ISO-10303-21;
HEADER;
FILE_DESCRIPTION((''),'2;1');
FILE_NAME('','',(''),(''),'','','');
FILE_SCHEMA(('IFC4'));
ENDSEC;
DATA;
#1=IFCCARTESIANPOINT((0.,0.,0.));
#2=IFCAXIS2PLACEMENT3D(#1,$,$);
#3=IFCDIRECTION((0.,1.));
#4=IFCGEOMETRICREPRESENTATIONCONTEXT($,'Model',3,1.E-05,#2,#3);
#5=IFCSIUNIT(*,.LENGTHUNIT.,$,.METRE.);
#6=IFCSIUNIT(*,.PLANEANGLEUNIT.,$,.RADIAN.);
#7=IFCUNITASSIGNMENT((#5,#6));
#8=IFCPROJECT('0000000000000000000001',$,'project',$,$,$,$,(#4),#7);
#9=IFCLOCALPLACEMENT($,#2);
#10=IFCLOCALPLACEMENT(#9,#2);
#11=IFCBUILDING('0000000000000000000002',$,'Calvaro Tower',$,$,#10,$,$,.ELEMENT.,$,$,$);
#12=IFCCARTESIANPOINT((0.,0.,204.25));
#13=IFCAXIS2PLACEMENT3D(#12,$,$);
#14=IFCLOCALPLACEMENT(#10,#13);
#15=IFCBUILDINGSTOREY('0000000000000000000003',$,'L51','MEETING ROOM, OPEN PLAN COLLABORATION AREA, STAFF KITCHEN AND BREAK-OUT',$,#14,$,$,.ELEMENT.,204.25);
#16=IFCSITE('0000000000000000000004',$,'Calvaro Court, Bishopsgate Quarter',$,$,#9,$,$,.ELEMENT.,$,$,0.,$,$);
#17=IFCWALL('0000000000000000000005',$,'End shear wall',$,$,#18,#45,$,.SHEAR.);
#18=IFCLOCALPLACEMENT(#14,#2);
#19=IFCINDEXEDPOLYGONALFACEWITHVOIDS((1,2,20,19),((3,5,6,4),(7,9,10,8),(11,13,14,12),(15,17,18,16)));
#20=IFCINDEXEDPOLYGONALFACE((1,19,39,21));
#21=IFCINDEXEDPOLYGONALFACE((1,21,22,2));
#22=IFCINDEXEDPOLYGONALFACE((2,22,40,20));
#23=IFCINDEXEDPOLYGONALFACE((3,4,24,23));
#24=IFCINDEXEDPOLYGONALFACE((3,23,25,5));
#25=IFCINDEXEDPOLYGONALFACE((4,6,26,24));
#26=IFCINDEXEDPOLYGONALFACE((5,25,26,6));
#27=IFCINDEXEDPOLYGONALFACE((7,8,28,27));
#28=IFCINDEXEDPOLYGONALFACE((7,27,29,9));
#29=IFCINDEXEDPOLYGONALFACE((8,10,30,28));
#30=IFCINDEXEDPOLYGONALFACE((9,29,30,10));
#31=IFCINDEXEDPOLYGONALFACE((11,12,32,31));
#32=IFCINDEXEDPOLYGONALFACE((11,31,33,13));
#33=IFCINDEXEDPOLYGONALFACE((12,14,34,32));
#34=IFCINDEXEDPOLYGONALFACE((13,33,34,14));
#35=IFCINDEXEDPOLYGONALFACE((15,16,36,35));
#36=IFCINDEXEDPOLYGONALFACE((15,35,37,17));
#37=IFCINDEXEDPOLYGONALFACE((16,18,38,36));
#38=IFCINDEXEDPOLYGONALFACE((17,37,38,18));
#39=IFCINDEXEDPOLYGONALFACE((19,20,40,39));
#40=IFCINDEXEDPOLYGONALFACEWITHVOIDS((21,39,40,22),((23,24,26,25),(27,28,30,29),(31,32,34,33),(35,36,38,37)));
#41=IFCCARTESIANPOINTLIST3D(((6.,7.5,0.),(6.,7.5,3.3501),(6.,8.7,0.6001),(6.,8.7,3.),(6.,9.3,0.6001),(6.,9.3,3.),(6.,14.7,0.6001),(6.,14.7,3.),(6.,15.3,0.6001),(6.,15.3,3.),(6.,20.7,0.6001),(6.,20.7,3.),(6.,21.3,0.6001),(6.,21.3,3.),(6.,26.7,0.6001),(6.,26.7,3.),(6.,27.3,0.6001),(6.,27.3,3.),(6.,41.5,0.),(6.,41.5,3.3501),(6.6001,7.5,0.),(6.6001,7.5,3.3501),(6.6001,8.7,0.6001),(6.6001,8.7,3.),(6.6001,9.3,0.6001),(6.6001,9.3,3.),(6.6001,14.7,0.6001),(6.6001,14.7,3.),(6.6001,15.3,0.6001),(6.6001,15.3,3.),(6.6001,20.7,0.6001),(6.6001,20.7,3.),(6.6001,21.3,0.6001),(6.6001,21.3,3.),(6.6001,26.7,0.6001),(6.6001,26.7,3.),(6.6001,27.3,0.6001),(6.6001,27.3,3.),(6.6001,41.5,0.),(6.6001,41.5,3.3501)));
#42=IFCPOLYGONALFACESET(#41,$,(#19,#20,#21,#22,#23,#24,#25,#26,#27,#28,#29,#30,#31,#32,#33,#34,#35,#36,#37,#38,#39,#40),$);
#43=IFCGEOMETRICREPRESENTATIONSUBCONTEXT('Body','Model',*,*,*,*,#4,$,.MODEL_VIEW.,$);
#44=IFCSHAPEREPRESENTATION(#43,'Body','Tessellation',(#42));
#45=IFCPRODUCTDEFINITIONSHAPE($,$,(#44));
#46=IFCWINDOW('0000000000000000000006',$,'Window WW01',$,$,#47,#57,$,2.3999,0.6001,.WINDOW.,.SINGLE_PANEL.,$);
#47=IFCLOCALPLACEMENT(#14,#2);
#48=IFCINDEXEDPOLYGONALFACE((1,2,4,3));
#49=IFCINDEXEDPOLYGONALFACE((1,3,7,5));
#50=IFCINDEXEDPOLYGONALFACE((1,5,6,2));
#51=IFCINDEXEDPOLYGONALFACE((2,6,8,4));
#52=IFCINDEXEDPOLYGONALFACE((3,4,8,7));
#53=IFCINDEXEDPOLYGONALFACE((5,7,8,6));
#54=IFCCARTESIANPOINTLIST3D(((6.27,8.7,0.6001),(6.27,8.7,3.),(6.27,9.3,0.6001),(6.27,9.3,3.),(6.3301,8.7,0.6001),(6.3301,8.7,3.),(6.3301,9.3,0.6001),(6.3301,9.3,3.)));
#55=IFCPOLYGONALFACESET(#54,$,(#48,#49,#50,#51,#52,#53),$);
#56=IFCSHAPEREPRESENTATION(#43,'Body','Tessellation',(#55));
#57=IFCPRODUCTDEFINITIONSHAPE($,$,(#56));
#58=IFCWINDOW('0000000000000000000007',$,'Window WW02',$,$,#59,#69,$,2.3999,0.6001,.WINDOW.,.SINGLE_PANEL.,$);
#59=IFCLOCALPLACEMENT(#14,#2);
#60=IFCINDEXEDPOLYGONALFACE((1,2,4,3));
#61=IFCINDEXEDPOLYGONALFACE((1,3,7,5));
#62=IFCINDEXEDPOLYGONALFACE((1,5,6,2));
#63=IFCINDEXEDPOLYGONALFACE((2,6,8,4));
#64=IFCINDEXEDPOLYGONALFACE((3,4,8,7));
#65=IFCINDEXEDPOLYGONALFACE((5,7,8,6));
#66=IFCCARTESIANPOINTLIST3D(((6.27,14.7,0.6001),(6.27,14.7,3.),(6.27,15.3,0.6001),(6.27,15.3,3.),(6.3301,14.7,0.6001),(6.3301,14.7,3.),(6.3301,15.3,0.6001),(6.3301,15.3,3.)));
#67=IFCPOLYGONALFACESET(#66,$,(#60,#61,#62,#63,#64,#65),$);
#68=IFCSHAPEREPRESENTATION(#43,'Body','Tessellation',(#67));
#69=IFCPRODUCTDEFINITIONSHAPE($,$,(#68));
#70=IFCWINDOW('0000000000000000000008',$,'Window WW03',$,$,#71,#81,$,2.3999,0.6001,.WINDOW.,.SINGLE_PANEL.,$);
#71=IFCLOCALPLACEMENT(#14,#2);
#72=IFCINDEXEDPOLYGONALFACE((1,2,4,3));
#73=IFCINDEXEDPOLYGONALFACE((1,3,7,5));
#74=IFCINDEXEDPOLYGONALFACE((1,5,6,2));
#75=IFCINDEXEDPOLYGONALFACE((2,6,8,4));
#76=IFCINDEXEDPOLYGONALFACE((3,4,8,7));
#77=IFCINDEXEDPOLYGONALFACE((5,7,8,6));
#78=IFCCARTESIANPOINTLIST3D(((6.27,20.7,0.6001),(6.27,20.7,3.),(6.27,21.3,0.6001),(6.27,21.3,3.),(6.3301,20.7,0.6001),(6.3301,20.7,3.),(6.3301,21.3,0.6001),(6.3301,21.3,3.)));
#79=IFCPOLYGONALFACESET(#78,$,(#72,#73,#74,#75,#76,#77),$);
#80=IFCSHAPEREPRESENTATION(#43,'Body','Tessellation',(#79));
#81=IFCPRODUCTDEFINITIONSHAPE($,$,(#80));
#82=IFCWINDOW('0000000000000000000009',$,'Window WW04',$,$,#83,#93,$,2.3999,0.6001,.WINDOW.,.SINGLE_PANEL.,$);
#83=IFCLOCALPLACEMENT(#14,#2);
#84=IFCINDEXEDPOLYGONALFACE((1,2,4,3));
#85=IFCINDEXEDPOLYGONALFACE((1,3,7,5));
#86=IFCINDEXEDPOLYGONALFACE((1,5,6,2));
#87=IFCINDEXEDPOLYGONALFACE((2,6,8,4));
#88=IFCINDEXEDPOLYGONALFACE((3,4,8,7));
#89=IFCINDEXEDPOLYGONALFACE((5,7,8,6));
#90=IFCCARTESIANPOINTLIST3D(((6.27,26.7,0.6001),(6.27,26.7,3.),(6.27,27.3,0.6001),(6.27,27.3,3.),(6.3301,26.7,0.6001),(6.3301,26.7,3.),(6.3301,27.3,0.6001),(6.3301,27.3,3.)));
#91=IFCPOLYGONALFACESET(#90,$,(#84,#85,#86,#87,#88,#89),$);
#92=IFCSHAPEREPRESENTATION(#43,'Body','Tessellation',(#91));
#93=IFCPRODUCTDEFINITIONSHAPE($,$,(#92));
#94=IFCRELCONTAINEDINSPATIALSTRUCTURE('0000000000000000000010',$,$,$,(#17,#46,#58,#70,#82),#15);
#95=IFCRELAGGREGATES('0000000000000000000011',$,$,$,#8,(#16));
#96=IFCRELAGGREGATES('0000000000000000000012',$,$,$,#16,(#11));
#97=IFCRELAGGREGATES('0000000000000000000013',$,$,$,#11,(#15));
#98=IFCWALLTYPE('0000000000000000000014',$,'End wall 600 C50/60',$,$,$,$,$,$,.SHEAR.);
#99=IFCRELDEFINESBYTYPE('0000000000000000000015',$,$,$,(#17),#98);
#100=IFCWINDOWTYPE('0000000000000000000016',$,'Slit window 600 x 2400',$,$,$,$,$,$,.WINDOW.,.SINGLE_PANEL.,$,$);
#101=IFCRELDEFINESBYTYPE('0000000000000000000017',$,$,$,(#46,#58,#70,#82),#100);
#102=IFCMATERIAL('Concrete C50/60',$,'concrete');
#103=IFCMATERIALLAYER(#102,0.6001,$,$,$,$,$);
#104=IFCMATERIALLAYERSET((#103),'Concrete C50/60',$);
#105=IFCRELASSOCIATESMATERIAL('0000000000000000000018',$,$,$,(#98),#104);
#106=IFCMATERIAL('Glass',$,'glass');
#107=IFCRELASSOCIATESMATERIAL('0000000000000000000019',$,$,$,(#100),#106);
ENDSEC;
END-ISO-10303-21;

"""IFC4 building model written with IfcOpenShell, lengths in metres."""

from ifc_helpers import new_model, si_unit, direction, frame, frame_2d, origin, place, context, subcontext, project, spatial, rectangle, extrude, material, layer, layer_set, type_object, element, fill, save


model = new_model("IFC4")

# Units and contexts
model_context = context("Model", 3, precision=1e-05, world=origin(), true_north=direction((0.0, 1.0)))
body_context = subcontext(model_context, "Body", "Model", "MODEL_VIEW")
ifc_project = project(units=[si_unit("LENGTHUNIT", "METRE"), si_unit("PLANEANGLEUNIT", "RADIAN")], contexts=[model_context])

# Site, building, storey
site_placement = place(None, origin())
site = spatial("IfcSite", under=ifc_project, at=site_placement, Name="Calvaro Court, Bishopsgate Quarter", CompositionType="ELEMENT", RefElevation=0.0)
building_placement = place(site_placement, origin())
building = spatial("IfcBuilding", under=site, at=building_placement, Name="Calvaro Tower", CompositionType="ELEMENT")
storey_placement = place(building_placement, frame((0.0, 0.0, 204.25)))
storey = spatial("IfcBuildingStorey", under=building, at=storey_placement, Name="L51", Description="MEETING ROOM, OPEN PLAN COLLABORATION AREA, STAFF KITCHEN AND BREAK-OUT", CompositionType="ELEMENT", Elevation=204.25)

# Wall, openings, windows
ifc_material_1 = material(Name="Concrete C50/60", Category="concrete")
ifc_layer_1 = layer(ifc_material_1, 0.6001)
ifc_layer_set_1 = layer_set([ifc_layer_1], Name="Concrete C50/60")
wall_type_1 = type_object("IfcWallType", Name="End wall 600 C50/60", PredefinedType="SHEAR", material=ifc_layer_set_1)
wall_1_placement = place(storey_placement, frame((6.3, 7.5, 0.0), z_axis=(0.0, 0.0, 1.0), x_axis=(0.0, 1.0, 0.0)))
wall_1 = element("IfcWall", 1, at=wall_1_placement, inside=storey, type_object=wall_type_1, Name="End shear wall", PredefinedType="SHEAR", context=body_context, shape_type="SweptSolid", body=[
    extrude(rectangle(XDim=34.0, YDim=0.6001, at=frame_2d((17.0, 0.0))), origin(), (0.0, 0.0, 1.0), 3.3501),
])
opening_1_placement = place(wall_1_placement, frame((1.2, 0.0, 0.6001)))
opening_1 = element("IfcOpeningElement", 2, at=opening_1_placement, cuts=wall_1, PredefinedType="OPENING", context=body_context, shape_type="SweptSolid", body=[
    extrude(rectangle(XDim=0.6001, YDim=2.3999, at=frame_2d((0.3, 1.2))), frame((0.0, 0.3101, 0.0), z_axis=(0.0, -1.0, 0.0), x_axis=(1.0, 0.0, 0.0)), (0.0, 0.0, 1.0), 0.6201),
])
opening_2_placement = place(wall_1_placement, frame((7.2, 0.0, 0.6001)))
opening_2 = element("IfcOpeningElement", 3, at=opening_2_placement, cuts=wall_1, PredefinedType="OPENING", context=body_context, shape_type="SweptSolid", body=[
    extrude(rectangle(XDim=0.6001, YDim=2.3999, at=frame_2d((0.3, 1.2))), frame((0.0, 0.3101, 0.0), z_axis=(0.0, -1.0, 0.0), x_axis=(1.0, 0.0, 0.0)), (0.0, 0.0, 1.0), 0.6201),
])
opening_3_placement = place(wall_1_placement, frame((13.2, 0.0, 0.6001)))
opening_3 = element("IfcOpeningElement", 4, at=opening_3_placement, cuts=wall_1, PredefinedType="OPENING", context=body_context, shape_type="SweptSolid", body=[
    extrude(rectangle(XDim=0.6001, YDim=2.3999, at=frame_2d((0.3, 1.2))), frame((0.0, 0.3101, 0.0), z_axis=(0.0, -1.0, 0.0), x_axis=(1.0, 0.0, 0.0)), (0.0, 0.0, 1.0), 0.6201),
])
opening_4_placement = place(wall_1_placement, frame((19.2, 0.0, 0.6001)))
opening_4 = element("IfcOpeningElement", 5, at=opening_4_placement, cuts=wall_1, PredefinedType="OPENING", context=body_context, shape_type="SweptSolid", body=[
    extrude(rectangle(XDim=0.6001, YDim=2.3999, at=frame_2d((0.3, 1.2))), frame((0.0, 0.3101, 0.0), z_axis=(0.0, -1.0, 0.0), x_axis=(1.0, 0.0, 0.0)), (0.0, 0.0, 1.0), 0.6201),
])
ifc_material_2 = material(Name="Glass", Category="glass")
window_type = type_object("IfcWindowType", Name="Slit window 600 x 2400", PartitioningType="SINGLE_PANEL", PredefinedType="WINDOW", material=ifc_material_2)
window_1_placement = place(opening_1_placement, origin())
window_1 = element("IfcWindow", 6, at=window_1_placement, inside=storey, type_object=window_type, Name="Window WW01", OverallHeight=2.3999, OverallWidth=0.6001, PartitioningType="SINGLE_PANEL", PredefinedType="WINDOW", context=body_context, shape_type="SweptSolid", body=[
    extrude(rectangle(XDim=0.6001, YDim=2.3999, at=frame_2d((0.3, 1.2))), frame((0.0, 0.03, 0.0), z_axis=(0.0, -1.0, 0.0), x_axis=(1.0, 0.0, 0.0)), (0.0, 0.0, 1.0), 0.0601),
])
fill(opening_1, window_1)
window_2_placement = place(opening_2_placement, origin())
window_2 = element("IfcWindow", 7, at=window_2_placement, inside=storey, type_object=window_type, Name="Window WW02", OverallHeight=2.3999, OverallWidth=0.6001, PartitioningType="SINGLE_PANEL", PredefinedType="WINDOW", context=body_context, shape_type="SweptSolid", body=[
    extrude(rectangle(XDim=0.6001, YDim=2.3999, at=frame_2d((0.3, 1.2))), frame((0.0, 0.03, 0.0), z_axis=(0.0, -1.0, 0.0), x_axis=(1.0, 0.0, 0.0)), (0.0, 0.0, 1.0), 0.0601),
])
fill(opening_2, window_2)
window_3_placement = place(opening_3_placement, origin())
window_3 = element("IfcWindow", 8, at=window_3_placement, inside=storey, type_object=window_type, Name="Window WW03", OverallHeight=2.3999, OverallWidth=0.6001, PartitioningType="SINGLE_PANEL", PredefinedType="WINDOW", context=body_context, shape_type="SweptSolid", body=[
    extrude(rectangle(XDim=0.6001, YDim=2.3999, at=frame_2d((0.3, 1.2))), frame((0.0, 0.03, 0.0), z_axis=(0.0, -1.0, 0.0), x_axis=(1.0, 0.0, 0.0)), (0.0, 0.0, 1.0), 0.0601),
])
fill(opening_3, window_3)
window_4_placement = place(opening_4_placement, origin())
window_4 = element("IfcWindow", 9, at=window_4_placement, inside=storey, type_object=window_type, Name="Window WW04", OverallHeight=2.3999, OverallWidth=0.6001, PartitioningType="SINGLE_PANEL", PredefinedType="WINDOW", context=body_context, shape_type="SweptSolid", body=[
    extrude(rectangle(XDim=0.6001, YDim=2.3999, at=frame_2d((0.3, 1.2))), frame((0.0, 0.03, 0.0), z_axis=(0.0, -1.0, 0.0), x_axis=(1.0, 0.0, 0.0)), (0.0, 0.0, 1.0), 0.0601),
])
fill(opening_4, window_4)

save(model, "model.ifc")
